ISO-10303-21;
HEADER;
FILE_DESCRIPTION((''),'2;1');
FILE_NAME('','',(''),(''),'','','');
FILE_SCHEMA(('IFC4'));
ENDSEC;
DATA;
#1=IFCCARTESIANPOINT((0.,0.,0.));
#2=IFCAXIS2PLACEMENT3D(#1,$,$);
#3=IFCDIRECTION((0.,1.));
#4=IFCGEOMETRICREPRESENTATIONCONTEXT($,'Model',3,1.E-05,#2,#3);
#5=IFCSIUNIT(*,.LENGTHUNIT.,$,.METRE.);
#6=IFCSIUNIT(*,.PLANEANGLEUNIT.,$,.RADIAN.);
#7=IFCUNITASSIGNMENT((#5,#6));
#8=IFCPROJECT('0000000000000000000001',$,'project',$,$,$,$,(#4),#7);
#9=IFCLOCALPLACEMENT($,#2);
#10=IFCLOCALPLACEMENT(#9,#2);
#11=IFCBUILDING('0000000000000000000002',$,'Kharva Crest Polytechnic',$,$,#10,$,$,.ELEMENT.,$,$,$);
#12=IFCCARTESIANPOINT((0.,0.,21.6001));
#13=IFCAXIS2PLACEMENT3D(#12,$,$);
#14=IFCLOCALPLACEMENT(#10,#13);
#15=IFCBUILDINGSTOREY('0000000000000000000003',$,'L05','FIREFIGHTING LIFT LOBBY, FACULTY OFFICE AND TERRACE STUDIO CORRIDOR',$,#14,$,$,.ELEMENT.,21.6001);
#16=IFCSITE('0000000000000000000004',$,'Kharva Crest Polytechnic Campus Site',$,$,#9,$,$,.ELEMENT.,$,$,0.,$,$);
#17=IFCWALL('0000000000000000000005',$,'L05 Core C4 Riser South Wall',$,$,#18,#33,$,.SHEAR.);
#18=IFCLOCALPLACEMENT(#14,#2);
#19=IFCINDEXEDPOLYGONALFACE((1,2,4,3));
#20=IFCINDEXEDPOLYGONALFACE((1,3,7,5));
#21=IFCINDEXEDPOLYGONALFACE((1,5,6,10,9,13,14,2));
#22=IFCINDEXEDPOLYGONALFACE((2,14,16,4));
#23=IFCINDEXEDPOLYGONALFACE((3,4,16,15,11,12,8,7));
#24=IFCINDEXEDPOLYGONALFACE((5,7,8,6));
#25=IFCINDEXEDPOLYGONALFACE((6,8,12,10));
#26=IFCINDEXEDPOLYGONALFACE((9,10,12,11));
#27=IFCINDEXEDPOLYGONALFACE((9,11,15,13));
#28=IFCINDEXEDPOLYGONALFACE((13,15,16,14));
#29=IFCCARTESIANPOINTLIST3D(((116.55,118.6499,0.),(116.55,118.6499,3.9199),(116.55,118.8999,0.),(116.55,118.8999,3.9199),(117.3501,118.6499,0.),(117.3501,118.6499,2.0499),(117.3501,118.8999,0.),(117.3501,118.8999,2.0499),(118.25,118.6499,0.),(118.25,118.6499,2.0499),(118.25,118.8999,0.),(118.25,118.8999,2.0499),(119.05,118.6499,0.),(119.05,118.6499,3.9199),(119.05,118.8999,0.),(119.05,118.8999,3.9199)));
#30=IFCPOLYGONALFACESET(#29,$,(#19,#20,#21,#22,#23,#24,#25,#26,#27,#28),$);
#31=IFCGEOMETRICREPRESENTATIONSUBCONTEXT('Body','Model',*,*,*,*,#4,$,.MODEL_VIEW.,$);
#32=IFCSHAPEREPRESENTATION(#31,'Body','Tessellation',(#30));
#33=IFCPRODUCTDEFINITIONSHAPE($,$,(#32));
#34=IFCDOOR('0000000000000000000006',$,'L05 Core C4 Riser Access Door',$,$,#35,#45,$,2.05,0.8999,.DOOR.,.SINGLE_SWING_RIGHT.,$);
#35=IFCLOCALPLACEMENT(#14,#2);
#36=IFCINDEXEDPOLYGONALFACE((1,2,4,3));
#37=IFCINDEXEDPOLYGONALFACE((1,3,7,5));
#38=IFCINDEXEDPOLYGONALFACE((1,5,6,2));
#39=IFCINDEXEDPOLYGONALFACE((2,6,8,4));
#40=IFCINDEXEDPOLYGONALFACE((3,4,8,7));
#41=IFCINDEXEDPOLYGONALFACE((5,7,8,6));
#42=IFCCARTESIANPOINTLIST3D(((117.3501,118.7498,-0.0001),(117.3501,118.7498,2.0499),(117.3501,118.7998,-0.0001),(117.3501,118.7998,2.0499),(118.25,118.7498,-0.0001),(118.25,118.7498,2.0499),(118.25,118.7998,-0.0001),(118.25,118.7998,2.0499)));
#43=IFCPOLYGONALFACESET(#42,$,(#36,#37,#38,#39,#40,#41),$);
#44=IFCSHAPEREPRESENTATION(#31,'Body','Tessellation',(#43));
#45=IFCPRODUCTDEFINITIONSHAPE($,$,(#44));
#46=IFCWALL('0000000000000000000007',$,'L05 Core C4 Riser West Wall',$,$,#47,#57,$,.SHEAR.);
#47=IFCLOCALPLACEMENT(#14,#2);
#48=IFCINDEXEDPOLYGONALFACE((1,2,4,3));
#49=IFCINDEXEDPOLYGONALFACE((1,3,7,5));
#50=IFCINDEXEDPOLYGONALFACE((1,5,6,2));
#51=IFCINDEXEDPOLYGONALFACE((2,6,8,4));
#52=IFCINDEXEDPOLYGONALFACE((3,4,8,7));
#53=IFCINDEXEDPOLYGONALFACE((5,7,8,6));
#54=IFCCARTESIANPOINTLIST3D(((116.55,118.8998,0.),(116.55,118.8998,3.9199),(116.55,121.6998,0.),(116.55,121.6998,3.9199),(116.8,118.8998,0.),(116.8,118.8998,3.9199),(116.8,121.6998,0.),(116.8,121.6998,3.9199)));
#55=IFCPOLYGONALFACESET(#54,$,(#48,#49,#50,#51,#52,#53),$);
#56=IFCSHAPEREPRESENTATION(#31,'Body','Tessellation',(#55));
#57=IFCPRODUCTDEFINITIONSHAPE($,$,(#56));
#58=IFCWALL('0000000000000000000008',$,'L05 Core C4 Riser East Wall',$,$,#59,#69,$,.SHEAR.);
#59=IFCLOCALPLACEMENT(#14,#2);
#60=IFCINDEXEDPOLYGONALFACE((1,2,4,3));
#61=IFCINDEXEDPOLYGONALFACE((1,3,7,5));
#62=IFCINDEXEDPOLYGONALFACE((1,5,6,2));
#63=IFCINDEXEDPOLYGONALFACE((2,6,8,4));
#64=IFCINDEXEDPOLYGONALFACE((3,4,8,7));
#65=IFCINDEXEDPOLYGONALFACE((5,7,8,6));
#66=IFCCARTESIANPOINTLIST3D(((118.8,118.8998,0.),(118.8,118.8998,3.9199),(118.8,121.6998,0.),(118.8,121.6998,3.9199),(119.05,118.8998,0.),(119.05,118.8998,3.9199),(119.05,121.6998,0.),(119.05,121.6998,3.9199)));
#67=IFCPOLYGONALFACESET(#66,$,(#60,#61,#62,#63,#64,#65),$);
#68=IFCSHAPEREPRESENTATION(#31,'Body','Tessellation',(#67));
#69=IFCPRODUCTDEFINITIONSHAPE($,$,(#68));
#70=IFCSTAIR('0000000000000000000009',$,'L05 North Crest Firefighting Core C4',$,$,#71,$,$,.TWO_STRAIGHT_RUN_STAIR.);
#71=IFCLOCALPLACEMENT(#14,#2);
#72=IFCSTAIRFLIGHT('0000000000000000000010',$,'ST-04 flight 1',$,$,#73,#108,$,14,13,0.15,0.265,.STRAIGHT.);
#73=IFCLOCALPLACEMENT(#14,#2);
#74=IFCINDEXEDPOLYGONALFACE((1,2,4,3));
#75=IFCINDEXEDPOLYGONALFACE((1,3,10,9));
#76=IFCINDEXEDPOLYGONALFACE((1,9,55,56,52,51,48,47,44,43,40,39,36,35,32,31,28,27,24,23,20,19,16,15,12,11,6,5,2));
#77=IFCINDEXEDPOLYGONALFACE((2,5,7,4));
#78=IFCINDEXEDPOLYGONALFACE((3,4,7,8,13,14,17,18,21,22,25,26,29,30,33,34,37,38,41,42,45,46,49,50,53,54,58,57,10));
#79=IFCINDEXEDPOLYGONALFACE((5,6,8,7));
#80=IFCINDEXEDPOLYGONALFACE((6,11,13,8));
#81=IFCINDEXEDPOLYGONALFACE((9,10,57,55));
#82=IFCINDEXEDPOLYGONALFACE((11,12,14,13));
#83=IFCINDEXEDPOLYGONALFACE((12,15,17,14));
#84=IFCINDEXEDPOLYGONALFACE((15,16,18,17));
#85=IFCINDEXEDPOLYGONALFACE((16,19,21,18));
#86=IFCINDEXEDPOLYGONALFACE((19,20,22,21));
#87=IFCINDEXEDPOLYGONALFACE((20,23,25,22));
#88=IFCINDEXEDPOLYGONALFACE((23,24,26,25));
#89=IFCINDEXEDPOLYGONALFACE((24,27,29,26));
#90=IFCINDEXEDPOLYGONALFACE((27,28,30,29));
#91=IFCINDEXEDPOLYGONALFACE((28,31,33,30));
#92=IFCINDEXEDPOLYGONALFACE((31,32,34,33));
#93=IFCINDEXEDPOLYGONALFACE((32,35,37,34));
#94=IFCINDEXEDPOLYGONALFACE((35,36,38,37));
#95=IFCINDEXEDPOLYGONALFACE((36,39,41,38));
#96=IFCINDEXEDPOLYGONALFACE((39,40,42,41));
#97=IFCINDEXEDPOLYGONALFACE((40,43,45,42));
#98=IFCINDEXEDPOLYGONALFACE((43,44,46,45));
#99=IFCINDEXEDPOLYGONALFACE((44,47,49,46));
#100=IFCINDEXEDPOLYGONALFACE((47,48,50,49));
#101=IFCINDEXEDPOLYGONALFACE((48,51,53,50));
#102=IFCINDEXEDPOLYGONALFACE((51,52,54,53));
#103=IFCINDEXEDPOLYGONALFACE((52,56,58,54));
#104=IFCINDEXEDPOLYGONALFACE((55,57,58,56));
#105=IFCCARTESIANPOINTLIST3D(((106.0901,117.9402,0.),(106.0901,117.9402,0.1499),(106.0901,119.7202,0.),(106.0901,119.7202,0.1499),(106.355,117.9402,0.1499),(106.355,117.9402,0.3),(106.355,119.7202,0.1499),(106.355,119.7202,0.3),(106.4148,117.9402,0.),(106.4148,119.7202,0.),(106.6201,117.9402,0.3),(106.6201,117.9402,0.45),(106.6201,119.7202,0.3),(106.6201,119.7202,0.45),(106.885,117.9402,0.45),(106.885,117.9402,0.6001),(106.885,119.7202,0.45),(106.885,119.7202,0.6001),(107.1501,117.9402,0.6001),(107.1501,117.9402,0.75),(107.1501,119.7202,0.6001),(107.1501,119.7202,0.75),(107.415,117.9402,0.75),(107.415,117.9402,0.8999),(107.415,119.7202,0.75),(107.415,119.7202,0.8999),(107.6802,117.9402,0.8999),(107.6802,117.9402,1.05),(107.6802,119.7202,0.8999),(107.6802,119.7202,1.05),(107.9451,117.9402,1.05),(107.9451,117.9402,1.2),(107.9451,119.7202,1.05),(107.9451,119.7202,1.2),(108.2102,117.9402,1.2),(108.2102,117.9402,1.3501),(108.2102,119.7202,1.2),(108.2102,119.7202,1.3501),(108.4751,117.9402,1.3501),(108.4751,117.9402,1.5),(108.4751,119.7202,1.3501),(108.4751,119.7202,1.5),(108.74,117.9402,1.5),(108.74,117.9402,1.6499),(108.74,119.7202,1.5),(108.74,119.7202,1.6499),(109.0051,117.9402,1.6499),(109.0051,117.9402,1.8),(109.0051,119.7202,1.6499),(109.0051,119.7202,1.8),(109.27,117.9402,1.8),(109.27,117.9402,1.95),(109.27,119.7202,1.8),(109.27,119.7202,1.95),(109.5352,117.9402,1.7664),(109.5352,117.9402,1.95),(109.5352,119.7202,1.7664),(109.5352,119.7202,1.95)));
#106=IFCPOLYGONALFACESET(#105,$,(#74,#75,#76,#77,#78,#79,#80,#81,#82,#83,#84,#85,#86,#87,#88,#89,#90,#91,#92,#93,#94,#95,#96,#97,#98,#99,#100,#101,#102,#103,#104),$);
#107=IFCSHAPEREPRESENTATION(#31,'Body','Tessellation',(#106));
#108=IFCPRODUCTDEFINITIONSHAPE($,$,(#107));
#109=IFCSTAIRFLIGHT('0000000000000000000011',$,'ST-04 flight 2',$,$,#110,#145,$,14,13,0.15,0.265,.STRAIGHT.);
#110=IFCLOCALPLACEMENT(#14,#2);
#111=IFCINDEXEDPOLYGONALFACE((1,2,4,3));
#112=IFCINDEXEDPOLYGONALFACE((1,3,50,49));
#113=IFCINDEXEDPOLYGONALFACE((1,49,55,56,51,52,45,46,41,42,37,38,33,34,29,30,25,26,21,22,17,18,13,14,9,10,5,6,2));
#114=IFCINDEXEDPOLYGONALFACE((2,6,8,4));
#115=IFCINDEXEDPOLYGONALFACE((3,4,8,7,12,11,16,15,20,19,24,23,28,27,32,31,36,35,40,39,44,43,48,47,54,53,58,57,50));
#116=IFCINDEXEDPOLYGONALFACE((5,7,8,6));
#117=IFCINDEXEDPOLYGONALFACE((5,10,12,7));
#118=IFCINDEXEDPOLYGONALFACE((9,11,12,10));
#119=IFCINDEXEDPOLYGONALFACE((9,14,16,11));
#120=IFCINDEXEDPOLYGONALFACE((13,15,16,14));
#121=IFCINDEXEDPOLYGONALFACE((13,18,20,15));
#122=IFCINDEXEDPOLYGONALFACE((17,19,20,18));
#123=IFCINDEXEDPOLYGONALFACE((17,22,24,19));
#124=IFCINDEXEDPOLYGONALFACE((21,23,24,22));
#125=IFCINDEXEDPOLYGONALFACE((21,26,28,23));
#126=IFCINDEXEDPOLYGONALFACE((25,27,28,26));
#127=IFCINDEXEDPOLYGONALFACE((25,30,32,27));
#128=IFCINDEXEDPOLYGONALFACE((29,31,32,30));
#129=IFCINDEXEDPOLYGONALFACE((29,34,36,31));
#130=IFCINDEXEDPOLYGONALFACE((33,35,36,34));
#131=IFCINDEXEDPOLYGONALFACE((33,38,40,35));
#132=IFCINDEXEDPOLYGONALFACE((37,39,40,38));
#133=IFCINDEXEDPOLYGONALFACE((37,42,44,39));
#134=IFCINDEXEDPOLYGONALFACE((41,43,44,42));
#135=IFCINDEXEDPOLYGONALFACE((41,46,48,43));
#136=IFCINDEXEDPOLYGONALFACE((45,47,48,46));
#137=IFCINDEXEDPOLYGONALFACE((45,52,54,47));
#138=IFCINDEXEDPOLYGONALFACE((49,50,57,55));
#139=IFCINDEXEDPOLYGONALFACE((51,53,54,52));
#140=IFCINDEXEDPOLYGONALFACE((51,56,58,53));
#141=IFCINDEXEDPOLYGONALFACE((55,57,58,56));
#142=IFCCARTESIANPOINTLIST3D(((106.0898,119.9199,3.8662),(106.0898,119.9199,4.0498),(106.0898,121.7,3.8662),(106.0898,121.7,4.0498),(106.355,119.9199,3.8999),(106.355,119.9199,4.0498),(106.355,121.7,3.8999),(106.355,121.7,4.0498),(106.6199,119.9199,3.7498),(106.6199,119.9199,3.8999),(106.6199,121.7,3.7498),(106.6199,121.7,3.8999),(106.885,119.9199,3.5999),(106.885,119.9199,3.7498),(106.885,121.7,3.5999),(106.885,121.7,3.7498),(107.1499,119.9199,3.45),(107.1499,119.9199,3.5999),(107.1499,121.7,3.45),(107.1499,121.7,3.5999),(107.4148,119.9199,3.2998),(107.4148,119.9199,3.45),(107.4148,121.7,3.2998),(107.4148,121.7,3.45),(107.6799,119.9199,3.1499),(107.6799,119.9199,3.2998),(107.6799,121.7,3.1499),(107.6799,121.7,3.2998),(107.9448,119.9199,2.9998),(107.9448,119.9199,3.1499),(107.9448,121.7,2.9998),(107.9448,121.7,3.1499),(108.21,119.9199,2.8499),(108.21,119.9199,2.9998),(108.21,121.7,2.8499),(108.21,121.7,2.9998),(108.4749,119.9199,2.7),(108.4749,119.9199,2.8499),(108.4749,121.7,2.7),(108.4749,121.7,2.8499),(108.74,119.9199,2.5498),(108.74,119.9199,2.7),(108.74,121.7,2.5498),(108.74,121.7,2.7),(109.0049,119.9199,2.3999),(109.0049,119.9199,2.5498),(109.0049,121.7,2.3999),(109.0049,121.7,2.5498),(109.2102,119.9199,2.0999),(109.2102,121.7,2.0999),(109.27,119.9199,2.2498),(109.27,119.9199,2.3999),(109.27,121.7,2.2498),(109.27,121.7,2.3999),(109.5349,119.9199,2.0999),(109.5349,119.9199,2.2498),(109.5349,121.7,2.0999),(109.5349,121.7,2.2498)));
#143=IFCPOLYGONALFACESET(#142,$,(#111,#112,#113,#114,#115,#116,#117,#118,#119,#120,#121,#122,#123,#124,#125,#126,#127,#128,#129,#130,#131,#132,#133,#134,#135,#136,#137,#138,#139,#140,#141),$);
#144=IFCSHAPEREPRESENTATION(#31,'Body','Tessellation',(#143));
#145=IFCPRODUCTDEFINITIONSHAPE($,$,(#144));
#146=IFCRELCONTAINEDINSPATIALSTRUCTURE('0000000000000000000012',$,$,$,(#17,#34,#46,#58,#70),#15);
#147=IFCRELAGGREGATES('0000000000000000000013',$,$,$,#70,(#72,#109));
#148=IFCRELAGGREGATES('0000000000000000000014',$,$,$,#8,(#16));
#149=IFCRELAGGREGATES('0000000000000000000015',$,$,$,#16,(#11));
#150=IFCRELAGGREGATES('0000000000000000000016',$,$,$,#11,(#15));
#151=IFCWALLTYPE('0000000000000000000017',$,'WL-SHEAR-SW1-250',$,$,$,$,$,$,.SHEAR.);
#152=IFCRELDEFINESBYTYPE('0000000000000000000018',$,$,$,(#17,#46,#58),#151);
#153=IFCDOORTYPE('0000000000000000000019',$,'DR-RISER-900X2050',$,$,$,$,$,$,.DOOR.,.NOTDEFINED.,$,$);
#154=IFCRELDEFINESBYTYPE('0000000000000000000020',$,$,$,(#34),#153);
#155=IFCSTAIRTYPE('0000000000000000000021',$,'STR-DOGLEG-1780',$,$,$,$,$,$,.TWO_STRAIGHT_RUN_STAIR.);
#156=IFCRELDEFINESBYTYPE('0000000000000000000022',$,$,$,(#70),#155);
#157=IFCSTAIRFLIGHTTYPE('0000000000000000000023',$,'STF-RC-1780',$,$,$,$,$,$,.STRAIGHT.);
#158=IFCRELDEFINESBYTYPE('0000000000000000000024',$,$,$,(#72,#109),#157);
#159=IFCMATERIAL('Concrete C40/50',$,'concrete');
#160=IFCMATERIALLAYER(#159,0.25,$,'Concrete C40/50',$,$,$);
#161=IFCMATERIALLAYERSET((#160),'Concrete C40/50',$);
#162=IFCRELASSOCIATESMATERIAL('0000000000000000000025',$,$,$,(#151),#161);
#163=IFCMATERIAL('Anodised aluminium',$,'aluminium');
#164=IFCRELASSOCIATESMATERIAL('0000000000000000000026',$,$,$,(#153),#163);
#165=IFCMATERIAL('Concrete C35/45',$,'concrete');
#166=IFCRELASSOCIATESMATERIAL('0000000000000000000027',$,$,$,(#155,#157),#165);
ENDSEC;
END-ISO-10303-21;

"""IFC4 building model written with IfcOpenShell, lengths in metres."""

from ifc_helpers import new_model, si_unit, direction, frame, frame_2d, origin, place, context, subcontext, project, spatial, polyline, rectangle, outline, extrude, material, layer, layer_set, type_object, element, fill, aggregate, save


model = new_model("IFC4")

# Units and contexts
model_context = context("Model", 3, precision=1e-05, world=origin(), true_north=direction((0.0, 1.0)))
body_context = subcontext(model_context, "Body", "Model", "MODEL_VIEW")
ifc_project = project(units=[si_unit("LENGTHUNIT", "METRE"), si_unit("PLANEANGLEUNIT", "RADIAN")], contexts=[model_context])

# Site, building, storey
site_placement = place(None, origin())
site = spatial("IfcSite", under=ifc_project, at=site_placement, Name="Kharva Crest Polytechnic Campus Site", CompositionType="ELEMENT", RefElevation=0.0)
building_placement = place(site_placement, origin())
building = spatial("IfcBuilding", under=site, at=building_placement, Name="Kharva Crest Polytechnic", CompositionType="ELEMENT")
storey_placement = place(building_placement, frame((0.0, 0.0, 21.6001)))
storey = spatial("IfcBuildingStorey", under=building, at=storey_placement, Name="L05", Description="FIREFIGHTING LIFT LOBBY, FACULTY OFFICE AND TERRACE STUDIO CORRIDOR", CompositionType="ELEMENT", Elevation=21.6001)

# Shared definitions
ifc_material_1 = material(Name="Concrete C40/50", Category="concrete")

# Shared definitions
ifc_material_2 = material(Name="Anodised aluminium", Category="aluminium")

# Shared definitions
ifc_layer_1 = layer(ifc_material_1, 0.25, Name="Concrete C40/50")
ifc_layer_set_1 = layer_set([ifc_layer_1], Name="Concrete C40/50")
wall_type_1 = type_object("IfcWallType", Name="WL-SHEAR-SW1-250", PredefinedType="SHEAR", material=ifc_layer_set_1)

# Wall, opening, door
wall_1_placement = place(storey_placement, frame((116.55, 118.7749, 0.0), z_axis=(0.0, 0.0, 1.0), x_axis=(1.0, 0.0, 0.0)))
wall_1 = element("IfcWall", 1, at=wall_1_placement, inside=storey, type_object=wall_type_1, Name="L05 Core C4 Riser South Wall", PredefinedType="SHEAR", context=body_context, shape_type="SweptSolid", body=[
    extrude(rectangle(XDim=2.5, YDim=0.25, at=frame_2d((1.25, 0.0))), origin(), (0.0, 0.0, 1.0), 3.9199),
])
opening_1_placement = place(wall_1_placement, frame((0.8, 0.0, 0.0)))
opening_1 = element("IfcOpeningElement", 2, at=opening_1_placement, cuts=wall_1, PredefinedType="OPENING", context=body_context, shape_type="SweptSolid", body=[
    extrude(rectangle(XDim=0.8999, YDim=2.05, at=frame_2d((0.45, 1.0249))), frame((0.0, 0.135, 0.0), z_axis=(0.0, -1.0, 0.0), x_axis=(1.0, 0.0, 0.0)), (0.0, 0.0, 1.0), 0.27),
])
door_type_1 = type_object("IfcDoorType", Name="DR-RISER-900X2050", OperationType="NOTDEFINED", PredefinedType="DOOR", material=ifc_material_2)
door_1_placement = place(opening_1_placement, origin())
door_1 = element("IfcDoor", 3, at=door_1_placement, inside=storey, type_object=door_type_1, Name="L05 Core C4 Riser Access Door", OperationType="SINGLE_SWING_RIGHT", OverallHeight=2.05, OverallWidth=0.8999, PredefinedType="DOOR", context=body_context, shape_type="SweptSolid", body=[
    extrude(rectangle(XDim=0.8999, YDim=2.05, at=frame_2d((0.45, 1.0249))), frame((0.0, 0.0249, 0.0), z_axis=(0.0, -1.0, 0.0), x_axis=(1.0, 0.0, 0.0)), (0.0, 0.0, 1.0), 0.05),
])
fill(opening_1, door_1)

# Walls
for number, where, z_axis, x_axis, name in (
    (4, (116.675, 118.8999, 0.0), (0.0, 0.0, 1.0), (0.0, 1.0, 0.0), "L05 Core C4 Riser West Wall"),
    (5, (118.925, 118.8999, 0.0), (0.0, 0.0, 1.0), (0.0, 1.0, 0.0), "L05 Core C4 Riser East Wall"),
):
    element("IfcWall", number, at=place(storey_placement, frame(where, z_axis=z_axis, x_axis=x_axis)), inside=storey, type_object=wall_type_1, Name=name, PredefinedType="SHEAR", context=body_context, shape_type="SweptSolid", body=[
        extrude(rectangle(XDim=2.8, YDim=0.25, at=frame_2d((1.3999, 0.0))), origin(), (0.0, 0.0, 1.0), 3.9199),
    ])

# Stair, stair flights
ifc_material_3 = material(Name="Concrete C35/45", Category="concrete")
stair_type = type_object("IfcStairType", Name="STR-DOGLEG-1780", PredefinedType="TWO_STRAIGHT_RUN_STAIR", material=ifc_material_3)
stair_placement = place(storey_placement, origin())
stair = element("IfcStair", 6, at=stair_placement, inside=storey, type_object=stair_type, Name="L05 North Crest Firefighting Core C4", PredefinedType="TWO_STRAIGHT_RUN_STAIR")
stair_flight_type = type_object("IfcStairFlightType", Name="STF-RC-1780", PredefinedType="STRAIGHT", material=ifc_material_3)
stair_flight_1_placement = place(storey_placement, frame((106.0901, 118.8301, 0.0), z_axis=(0.0, 0.0, 1.0), x_axis=(1.0, 0.0, 0.0)))
stair_flight_1 = element("IfcStairFlight", 7, at=stair_flight_1_placement, type_object=stair_flight_type, Name="ST-04 flight 1", NumberOfRisers=14, NumberOfTreads=13, PredefinedType="STRAIGHT", RiserHeight=0.15, TreadLength=0.265, context=body_context, shape_type="SweptSolid", body=[
    extrude(outline(polyline([(0.0, 0.0), (0.0, 0.1499), (0.2649, 0.1499), (0.2649, 0.3), (0.53, 0.3), (0.53, 0.45), (0.7949, 0.45), (0.7949, 0.6001), (1.0601, 0.6001), (1.0601, 0.75), (1.325, 0.75), (1.325, 0.8999), (1.5901, 0.8999), (1.5901, 1.05), (1.855, 1.05), (1.855, 1.2), (2.1201, 1.2), (2.1201, 1.3501), (2.385, 1.3501), (2.385, 1.5), (2.6499, 1.5), (2.6499, 1.6499), (2.915, 1.6499), (2.915, 1.8), (3.1799, 1.8), (3.1799, 1.95), (3.4451, 1.95), (3.4451, 2.1001), (3.4451, 1.7664), (0.3247, 0.0), (0.0, 0.0)])), frame((0.0, 0.8901, 0.0), z_axis=(0.0, -1.0, 0.0), x_axis=(1.0, 0.0, 0.0)), (0.0, 0.0, 1.0), 1.78),
])
stair_flight_2_placement = place(storey_placement, frame((109.5349, 120.8101, 2.0999), z_axis=(0.0, 0.0, 1.0), x_axis=(-1.0, 0.0, 0.0)))
stair_flight_2 = element("IfcStairFlight", 8, at=stair_flight_2_placement, type_object=stair_flight_type, Name="ST-04 flight 2", NumberOfRisers=14, NumberOfTreads=13, PredefinedType="STRAIGHT", RiserHeight=0.15, TreadLength=0.265, context=body_context, shape_type="SweptSolid", body=[
    extrude(outline(polyline([(0.0, 0.0), (0.0, 0.1499), (0.2649, 0.1499), (0.2649, 0.3), (0.53, 0.3), (0.53, 0.45), (0.7949, 0.45), (0.7949, 0.6001), (1.0601, 0.6001), (1.0601, 0.75), (1.325, 0.75), (1.325, 0.8999), (1.5901, 0.8999), (1.5901, 1.05), (1.855, 1.05), (1.855, 1.2), (2.1201, 1.2), (2.1201, 1.3501), (2.385, 1.3501), (2.385, 1.5), (2.6499, 1.5), (2.6499, 1.6499), (2.915, 1.6499), (2.915, 1.8), (3.1799, 1.8), (3.1799, 1.95), (3.4451, 1.95), (3.4451, 2.1001), (3.4451, 1.7664), (0.3247, 0.0), (0.0, 0.0)])), frame((0.0, 0.8901, 0.0), z_axis=(0.0, -1.0, 0.0), x_axis=(1.0, 0.0, 0.0)), (0.0, 0.0, 1.0), 1.78),
])
aggregate(stair, [stair_flight_1, stair_flight_2])

save(model, "model.ifc")
